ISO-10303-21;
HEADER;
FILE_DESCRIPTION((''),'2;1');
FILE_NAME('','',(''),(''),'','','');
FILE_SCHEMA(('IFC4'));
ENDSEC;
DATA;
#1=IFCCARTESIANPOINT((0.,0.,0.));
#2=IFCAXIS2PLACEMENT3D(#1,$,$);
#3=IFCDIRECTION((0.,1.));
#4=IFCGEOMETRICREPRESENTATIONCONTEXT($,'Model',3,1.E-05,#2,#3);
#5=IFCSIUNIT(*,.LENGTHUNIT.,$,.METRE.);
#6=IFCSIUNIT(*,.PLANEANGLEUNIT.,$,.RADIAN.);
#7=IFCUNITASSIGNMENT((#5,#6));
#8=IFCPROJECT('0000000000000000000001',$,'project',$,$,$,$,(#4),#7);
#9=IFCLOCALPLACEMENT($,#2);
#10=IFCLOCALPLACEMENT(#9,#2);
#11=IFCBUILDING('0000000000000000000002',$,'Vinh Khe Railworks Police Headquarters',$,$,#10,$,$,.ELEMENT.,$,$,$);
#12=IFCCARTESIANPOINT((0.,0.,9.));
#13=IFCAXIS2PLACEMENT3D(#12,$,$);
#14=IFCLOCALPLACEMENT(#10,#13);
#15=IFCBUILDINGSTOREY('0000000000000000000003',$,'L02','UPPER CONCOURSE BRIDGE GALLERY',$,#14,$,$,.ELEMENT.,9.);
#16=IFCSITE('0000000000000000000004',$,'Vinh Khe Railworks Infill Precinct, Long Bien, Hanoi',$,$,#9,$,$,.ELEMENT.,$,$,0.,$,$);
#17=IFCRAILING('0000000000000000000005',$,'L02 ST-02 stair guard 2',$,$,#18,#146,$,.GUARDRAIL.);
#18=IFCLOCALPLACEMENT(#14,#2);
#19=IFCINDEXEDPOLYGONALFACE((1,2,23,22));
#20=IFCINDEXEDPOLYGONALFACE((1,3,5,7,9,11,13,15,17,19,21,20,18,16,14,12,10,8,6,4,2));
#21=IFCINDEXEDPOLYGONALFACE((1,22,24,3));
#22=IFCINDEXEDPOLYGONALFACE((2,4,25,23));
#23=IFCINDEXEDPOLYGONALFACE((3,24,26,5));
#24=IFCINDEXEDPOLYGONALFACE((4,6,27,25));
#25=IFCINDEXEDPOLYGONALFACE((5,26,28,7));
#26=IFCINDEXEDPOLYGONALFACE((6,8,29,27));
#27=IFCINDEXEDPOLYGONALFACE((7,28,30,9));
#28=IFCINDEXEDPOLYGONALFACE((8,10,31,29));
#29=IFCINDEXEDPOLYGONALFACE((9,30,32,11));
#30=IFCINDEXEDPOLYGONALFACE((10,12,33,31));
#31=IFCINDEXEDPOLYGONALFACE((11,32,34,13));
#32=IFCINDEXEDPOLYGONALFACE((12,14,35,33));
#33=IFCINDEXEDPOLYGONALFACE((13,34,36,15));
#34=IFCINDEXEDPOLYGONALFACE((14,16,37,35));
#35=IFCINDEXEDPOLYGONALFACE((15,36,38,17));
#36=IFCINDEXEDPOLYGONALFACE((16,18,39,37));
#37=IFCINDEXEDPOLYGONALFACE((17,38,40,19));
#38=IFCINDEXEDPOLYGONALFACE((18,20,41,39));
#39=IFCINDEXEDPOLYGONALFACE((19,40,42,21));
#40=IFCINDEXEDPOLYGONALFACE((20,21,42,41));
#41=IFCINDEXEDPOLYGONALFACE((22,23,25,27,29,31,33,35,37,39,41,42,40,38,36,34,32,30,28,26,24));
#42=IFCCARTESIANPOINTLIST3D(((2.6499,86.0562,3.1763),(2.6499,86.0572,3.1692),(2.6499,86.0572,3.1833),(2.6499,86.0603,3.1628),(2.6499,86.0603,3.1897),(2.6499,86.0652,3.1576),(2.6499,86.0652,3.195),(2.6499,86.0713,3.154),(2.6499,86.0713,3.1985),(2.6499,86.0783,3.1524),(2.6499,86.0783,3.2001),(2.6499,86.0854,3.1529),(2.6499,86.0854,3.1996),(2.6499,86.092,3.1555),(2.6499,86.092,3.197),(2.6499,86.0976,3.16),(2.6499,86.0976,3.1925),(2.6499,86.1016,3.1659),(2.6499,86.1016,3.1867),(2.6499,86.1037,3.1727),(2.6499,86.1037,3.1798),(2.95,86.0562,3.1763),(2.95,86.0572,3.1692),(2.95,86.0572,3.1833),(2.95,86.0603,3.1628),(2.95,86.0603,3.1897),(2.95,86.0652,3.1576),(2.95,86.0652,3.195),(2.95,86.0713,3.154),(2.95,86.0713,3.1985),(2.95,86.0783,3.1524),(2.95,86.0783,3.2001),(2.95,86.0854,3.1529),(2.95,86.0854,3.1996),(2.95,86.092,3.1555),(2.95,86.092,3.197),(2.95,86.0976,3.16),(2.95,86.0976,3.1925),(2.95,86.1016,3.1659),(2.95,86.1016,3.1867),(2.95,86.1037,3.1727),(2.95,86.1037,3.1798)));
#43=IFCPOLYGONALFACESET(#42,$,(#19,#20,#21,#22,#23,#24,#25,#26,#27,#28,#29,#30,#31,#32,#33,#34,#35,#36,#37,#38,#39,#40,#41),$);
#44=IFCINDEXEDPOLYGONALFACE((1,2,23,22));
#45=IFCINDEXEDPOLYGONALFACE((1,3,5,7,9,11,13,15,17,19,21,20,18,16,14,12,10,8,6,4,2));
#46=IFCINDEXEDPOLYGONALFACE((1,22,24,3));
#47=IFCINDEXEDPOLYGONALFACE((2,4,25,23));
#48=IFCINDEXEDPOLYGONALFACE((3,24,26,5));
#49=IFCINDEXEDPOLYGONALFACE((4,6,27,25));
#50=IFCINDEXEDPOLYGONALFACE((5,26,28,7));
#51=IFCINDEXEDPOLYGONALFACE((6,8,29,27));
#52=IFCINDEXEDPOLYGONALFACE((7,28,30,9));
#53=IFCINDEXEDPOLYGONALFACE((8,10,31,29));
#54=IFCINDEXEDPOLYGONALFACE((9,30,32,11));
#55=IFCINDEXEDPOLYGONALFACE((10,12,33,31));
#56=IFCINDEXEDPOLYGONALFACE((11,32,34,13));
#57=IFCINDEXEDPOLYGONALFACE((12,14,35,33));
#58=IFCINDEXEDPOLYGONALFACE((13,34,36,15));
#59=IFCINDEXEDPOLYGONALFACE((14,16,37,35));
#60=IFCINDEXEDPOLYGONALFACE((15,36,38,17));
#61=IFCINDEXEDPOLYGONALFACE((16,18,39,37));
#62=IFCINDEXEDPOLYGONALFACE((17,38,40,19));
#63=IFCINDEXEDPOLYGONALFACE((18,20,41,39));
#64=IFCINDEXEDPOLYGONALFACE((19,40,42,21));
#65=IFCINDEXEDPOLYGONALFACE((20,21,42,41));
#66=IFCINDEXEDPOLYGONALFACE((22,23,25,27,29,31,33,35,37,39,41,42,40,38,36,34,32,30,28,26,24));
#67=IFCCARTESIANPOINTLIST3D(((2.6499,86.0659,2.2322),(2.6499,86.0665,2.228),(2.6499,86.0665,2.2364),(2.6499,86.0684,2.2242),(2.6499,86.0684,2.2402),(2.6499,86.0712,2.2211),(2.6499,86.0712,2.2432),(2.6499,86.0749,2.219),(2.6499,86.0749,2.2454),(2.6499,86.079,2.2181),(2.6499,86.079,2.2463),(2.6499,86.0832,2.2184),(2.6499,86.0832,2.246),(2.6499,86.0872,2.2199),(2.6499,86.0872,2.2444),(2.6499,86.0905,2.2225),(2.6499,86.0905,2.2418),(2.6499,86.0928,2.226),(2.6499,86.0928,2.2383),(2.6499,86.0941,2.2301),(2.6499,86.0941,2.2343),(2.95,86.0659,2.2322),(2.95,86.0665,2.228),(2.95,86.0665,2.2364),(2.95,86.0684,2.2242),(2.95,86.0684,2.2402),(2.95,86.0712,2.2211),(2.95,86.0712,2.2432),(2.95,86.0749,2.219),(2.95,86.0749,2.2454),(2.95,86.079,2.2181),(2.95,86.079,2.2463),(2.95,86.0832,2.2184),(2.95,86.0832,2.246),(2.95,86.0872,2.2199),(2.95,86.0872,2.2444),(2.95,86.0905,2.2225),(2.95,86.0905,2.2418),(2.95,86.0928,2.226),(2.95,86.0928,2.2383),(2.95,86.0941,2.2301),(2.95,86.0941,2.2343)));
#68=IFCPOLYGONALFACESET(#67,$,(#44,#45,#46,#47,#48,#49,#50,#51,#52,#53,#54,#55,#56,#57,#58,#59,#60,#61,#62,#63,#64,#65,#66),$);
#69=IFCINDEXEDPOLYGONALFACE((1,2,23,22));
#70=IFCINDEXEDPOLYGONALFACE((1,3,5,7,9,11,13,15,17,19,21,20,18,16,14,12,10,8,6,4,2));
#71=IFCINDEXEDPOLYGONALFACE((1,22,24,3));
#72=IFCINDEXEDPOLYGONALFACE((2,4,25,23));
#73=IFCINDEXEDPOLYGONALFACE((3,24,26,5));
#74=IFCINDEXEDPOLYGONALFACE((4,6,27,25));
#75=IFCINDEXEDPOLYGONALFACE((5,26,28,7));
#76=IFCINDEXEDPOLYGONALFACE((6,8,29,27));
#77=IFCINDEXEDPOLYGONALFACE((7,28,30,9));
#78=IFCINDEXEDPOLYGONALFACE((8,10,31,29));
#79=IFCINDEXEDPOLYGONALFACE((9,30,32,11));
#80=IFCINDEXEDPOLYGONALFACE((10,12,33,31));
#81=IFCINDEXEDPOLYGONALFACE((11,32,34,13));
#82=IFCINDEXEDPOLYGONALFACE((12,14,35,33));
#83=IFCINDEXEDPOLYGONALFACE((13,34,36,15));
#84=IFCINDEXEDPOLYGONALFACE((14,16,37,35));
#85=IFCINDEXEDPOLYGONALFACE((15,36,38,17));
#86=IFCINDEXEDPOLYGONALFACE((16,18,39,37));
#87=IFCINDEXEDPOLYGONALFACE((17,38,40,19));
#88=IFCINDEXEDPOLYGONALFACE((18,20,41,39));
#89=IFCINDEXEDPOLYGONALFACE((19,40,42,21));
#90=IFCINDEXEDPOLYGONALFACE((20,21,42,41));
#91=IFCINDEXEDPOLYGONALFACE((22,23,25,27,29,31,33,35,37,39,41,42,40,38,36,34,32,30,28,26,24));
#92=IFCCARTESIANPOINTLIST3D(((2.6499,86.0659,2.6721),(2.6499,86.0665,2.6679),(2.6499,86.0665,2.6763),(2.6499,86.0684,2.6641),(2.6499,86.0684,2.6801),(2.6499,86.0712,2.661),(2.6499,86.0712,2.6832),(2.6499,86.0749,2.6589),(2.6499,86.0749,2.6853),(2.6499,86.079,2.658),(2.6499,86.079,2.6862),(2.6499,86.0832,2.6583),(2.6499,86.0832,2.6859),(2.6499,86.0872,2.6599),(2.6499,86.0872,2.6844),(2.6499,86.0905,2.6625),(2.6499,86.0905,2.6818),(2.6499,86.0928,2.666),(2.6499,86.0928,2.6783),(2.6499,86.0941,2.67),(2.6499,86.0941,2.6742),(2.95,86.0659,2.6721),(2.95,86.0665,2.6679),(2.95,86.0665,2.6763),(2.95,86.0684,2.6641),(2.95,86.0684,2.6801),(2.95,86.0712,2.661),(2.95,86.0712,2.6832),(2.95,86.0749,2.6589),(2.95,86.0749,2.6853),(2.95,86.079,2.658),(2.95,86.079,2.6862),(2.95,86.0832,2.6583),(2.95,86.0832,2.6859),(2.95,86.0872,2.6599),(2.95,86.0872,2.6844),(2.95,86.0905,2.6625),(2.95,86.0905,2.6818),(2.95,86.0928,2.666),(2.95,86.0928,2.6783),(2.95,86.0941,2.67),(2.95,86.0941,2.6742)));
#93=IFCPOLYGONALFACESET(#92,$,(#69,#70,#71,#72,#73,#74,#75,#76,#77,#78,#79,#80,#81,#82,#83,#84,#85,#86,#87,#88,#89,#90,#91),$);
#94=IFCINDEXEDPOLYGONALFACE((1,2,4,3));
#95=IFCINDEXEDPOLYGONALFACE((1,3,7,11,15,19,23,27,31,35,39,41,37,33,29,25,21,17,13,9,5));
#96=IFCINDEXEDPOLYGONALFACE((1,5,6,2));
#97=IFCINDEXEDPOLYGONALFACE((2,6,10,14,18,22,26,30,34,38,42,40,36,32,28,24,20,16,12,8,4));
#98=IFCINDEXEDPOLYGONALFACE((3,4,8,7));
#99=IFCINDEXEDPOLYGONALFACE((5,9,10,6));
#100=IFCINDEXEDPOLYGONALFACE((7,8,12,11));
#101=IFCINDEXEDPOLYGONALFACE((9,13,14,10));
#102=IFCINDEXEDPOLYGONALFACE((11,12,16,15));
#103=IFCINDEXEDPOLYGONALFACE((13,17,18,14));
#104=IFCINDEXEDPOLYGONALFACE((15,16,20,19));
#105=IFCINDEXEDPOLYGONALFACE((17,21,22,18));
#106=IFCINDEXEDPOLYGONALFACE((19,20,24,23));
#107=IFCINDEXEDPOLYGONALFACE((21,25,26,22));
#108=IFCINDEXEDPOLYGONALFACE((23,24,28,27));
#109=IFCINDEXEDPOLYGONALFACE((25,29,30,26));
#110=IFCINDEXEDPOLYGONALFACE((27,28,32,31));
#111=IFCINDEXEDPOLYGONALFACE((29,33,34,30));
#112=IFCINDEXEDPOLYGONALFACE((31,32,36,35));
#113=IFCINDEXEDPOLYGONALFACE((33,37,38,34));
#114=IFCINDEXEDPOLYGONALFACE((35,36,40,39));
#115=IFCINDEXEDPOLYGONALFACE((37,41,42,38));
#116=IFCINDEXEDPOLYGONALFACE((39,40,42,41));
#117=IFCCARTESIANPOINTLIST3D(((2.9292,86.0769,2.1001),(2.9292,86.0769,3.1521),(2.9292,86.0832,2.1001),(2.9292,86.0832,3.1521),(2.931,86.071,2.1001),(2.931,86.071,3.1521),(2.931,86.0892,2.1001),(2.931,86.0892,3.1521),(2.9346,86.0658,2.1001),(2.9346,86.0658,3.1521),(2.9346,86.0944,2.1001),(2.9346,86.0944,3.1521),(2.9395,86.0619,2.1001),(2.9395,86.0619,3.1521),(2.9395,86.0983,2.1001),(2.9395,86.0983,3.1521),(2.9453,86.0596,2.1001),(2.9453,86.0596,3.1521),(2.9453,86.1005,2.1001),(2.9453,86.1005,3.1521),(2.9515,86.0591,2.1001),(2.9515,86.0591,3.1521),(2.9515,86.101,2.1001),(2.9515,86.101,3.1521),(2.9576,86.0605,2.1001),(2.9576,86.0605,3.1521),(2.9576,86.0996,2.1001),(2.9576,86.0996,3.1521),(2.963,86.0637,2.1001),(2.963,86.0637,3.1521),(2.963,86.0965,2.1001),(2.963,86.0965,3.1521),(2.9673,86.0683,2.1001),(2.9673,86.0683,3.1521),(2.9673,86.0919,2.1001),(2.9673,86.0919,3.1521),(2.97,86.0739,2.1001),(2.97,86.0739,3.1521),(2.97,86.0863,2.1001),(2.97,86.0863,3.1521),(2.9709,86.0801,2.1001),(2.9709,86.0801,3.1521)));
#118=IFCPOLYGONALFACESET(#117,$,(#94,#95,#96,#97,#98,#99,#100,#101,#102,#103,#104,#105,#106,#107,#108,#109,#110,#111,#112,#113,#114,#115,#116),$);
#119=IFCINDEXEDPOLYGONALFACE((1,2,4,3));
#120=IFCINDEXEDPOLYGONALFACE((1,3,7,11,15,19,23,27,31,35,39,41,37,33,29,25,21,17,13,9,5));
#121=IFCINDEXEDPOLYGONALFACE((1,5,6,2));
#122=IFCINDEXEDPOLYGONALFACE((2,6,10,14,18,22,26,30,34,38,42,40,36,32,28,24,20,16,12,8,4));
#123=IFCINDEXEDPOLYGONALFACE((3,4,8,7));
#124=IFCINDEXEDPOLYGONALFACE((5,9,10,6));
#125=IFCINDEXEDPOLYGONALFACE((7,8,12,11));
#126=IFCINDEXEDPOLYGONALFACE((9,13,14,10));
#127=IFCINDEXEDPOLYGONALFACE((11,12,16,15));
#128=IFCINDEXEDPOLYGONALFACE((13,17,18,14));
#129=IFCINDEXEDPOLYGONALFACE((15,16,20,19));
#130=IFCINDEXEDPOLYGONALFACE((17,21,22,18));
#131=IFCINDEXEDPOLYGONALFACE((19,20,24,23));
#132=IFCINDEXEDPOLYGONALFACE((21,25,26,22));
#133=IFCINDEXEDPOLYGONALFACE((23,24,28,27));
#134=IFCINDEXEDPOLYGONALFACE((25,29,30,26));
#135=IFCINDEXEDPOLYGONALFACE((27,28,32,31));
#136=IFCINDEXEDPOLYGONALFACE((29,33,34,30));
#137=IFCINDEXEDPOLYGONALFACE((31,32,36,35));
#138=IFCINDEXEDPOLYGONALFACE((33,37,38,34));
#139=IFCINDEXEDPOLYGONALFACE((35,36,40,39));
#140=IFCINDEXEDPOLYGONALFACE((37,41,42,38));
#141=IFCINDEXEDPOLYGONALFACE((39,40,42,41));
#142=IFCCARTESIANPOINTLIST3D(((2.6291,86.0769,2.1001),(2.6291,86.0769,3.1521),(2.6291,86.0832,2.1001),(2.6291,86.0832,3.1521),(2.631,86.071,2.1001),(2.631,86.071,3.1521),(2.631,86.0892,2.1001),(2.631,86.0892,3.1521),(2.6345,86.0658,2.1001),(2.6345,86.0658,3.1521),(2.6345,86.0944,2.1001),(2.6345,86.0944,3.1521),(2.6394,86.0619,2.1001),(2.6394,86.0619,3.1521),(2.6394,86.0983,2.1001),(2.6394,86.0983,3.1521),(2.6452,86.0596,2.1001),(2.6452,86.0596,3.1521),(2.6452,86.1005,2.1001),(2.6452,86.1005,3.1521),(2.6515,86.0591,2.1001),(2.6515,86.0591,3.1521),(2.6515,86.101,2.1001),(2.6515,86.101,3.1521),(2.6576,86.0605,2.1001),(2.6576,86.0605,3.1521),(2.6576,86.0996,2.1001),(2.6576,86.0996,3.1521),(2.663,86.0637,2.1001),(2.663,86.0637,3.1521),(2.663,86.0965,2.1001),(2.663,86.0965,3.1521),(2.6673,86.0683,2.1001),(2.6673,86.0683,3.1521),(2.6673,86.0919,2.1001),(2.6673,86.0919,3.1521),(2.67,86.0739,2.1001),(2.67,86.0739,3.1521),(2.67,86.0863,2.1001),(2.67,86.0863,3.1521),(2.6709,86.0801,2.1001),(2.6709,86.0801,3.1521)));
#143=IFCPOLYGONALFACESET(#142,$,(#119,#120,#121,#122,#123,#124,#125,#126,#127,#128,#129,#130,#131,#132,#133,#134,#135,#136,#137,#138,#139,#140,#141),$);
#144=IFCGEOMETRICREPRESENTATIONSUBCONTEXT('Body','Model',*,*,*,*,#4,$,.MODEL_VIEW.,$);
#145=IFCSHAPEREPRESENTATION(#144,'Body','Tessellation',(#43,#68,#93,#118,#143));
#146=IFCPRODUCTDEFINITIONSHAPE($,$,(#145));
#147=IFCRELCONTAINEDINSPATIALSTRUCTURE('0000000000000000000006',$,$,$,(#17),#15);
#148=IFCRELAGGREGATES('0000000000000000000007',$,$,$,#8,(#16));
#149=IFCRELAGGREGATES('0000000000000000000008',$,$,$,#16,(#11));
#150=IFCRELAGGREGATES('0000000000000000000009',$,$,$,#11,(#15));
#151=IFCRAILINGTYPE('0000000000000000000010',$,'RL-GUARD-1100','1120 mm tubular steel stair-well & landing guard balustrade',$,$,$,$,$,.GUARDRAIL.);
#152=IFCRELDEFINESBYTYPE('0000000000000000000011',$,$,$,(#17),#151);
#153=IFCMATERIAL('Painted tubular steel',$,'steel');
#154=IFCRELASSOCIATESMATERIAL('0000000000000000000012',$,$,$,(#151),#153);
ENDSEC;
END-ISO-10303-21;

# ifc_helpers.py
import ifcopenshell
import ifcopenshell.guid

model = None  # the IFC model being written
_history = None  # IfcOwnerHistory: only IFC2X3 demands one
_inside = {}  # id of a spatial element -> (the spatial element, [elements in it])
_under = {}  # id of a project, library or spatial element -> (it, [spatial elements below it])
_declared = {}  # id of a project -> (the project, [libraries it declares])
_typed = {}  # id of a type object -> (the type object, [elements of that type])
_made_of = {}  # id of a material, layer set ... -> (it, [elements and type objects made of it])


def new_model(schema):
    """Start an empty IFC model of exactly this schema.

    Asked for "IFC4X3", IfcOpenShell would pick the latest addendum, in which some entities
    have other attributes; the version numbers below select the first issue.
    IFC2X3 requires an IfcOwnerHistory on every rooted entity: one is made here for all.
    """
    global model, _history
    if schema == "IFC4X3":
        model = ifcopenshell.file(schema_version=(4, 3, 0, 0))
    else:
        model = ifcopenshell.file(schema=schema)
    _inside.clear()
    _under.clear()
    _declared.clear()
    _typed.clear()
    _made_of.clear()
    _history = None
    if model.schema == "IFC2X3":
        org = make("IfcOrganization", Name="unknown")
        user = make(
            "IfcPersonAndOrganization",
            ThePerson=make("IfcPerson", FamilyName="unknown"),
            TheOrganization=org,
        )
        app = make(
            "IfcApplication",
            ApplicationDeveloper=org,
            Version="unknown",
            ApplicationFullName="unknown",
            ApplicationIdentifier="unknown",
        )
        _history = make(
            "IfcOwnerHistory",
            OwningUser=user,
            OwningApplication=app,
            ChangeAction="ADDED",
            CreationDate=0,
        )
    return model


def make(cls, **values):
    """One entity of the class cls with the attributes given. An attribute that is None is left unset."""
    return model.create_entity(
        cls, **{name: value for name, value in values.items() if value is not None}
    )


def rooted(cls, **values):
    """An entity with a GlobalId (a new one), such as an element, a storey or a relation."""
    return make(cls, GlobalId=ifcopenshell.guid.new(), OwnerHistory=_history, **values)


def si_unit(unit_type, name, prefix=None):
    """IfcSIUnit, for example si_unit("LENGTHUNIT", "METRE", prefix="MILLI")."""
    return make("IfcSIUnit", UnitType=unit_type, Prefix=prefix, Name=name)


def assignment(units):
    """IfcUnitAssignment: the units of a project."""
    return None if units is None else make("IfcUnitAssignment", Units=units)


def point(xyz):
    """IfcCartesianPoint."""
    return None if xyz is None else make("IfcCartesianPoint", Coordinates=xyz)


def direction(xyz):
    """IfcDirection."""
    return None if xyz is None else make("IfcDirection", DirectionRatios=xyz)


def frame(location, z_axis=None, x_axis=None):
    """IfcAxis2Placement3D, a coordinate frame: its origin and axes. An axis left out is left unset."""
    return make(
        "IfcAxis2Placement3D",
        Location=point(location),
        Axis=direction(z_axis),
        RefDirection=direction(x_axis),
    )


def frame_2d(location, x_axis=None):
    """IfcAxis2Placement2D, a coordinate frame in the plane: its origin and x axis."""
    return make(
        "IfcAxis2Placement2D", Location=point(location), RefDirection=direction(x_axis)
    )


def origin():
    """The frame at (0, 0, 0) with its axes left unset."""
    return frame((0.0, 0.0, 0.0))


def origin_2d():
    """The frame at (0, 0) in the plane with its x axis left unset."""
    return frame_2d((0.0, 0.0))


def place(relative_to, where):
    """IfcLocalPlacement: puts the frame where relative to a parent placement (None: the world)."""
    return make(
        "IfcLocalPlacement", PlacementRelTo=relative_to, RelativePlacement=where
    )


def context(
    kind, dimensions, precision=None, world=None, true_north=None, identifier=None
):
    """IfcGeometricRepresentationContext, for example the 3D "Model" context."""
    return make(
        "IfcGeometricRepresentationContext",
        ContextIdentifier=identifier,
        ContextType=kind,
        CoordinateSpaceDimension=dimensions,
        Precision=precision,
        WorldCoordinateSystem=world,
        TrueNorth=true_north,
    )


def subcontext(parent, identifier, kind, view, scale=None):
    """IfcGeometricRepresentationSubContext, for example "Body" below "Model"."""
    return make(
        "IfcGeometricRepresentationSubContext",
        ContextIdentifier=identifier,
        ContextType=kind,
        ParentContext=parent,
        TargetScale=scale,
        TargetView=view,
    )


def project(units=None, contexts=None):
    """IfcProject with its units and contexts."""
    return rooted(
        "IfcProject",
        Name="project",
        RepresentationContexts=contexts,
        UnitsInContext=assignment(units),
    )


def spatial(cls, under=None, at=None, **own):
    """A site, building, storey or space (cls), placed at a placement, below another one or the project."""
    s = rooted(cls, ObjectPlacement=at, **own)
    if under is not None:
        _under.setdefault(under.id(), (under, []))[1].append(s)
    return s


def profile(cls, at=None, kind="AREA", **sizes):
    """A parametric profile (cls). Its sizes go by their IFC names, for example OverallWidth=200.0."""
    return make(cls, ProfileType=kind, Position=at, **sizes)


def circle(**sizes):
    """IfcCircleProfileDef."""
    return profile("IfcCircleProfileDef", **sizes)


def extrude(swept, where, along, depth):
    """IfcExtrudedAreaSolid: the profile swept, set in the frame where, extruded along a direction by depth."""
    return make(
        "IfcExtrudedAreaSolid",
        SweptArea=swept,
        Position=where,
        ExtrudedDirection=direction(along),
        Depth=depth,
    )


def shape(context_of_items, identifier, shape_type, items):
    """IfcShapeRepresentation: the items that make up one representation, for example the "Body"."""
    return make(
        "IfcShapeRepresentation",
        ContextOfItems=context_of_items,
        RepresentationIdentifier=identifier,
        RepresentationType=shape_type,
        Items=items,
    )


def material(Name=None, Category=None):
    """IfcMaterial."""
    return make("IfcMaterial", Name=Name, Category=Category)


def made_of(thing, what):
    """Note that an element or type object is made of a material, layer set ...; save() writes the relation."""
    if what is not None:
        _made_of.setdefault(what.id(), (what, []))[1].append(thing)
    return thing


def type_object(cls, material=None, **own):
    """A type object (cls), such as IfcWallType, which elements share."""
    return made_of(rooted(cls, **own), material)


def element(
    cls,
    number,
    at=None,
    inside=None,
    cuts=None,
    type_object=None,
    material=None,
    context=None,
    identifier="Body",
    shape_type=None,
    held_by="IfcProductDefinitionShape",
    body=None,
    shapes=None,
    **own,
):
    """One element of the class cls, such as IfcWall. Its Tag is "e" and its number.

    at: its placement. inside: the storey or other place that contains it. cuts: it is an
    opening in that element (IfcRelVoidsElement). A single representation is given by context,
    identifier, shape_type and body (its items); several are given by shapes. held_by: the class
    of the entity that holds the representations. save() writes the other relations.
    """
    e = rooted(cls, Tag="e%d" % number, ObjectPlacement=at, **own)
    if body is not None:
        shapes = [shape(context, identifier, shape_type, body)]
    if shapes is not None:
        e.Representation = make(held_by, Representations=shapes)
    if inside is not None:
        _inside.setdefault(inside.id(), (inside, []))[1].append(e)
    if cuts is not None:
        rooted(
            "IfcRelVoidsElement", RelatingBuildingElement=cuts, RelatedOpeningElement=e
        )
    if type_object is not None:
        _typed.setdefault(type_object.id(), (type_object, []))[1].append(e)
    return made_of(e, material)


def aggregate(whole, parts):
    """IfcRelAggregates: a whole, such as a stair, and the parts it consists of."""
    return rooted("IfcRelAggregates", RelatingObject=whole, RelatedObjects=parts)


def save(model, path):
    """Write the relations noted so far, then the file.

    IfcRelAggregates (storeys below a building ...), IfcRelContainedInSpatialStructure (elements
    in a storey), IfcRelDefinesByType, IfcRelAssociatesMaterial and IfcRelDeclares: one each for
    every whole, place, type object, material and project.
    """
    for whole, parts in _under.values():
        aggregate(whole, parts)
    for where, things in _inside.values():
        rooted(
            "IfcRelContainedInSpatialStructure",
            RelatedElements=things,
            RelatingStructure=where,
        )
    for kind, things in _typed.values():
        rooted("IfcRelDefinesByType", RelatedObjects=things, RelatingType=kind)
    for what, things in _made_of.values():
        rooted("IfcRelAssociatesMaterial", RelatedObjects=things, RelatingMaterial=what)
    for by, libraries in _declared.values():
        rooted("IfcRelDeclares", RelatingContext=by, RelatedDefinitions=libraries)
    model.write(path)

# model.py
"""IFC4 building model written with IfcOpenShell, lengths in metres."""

from ifc_helpers import new_model, si_unit, direction, frame, origin, origin_2d, place, context, subcontext, project, spatial, circle, extrude, material, type_object, element, save


model = new_model("IFC4")

# Units and contexts
model_context = context("Model", 3, precision=1e-05, world=origin(), true_north=direction((0.0, 1.0)))
body_context = subcontext(model_context, "Body", "Model", "MODEL_VIEW")
ifc_project = project(units=[si_unit("LENGTHUNIT", "METRE"), si_unit("PLANEANGLEUNIT", "RADIAN")], contexts=[model_context])

# Site, building, storey
site_placement = place(None, origin())
site = spatial("IfcSite", under=ifc_project, at=site_placement, Name="Vinh Khe Railworks Infill Precinct, Long Bien, Hanoi", CompositionType="ELEMENT", RefElevation=0.0)
building_placement = place(site_placement, origin())
building = spatial("IfcBuilding", under=site, at=building_placement, Name="Vinh Khe Railworks Police Headquarters", CompositionType="ELEMENT")
storey_placement = place(building_placement, frame((0.0, 0.0, 9.0)))
storey = spatial("IfcBuildingStorey", under=building, at=storey_placement, Name="L02", Description="UPPER CONCOURSE BRIDGE GALLERY", CompositionType="ELEMENT", Elevation=9.0)

# Railing
ifc_material_1 = material(Name="Painted tubular steel", Category="steel")
railing_type_1 = type_object("IfcRailingType", Name="RL-GUARD-1100", Description="1120 mm tubular steel stair-well & landing guard balustrade", PredefinedType="GUARDRAIL", material=ifc_material_1)
railing_1_placement = place(storey_placement, frame((2.95, 86.0801, 2.1001)))
element("IfcRailing", 1, at=railing_1_placement, inside=storey, type_object=railing_type_1, Name="L02 ST-02 stair guard 2", PredefinedType="GUARDRAIL", context=body_context, shape_type="SweptSolid", body=[
    extrude(circle(Radius=0.0239, at=origin_2d()), frame((0.0, 0.0, 1.0762), z_axis=(-1.0, 0.0, 0.0), x_axis=(0.0, -1.0, 0.0)), (0.0, 0.0, 1.0), 0.3),
    extrude(circle(Radius=0.0142, at=origin_2d()), frame((0.0, 0.0, 0.1321), z_axis=(-1.0, 0.0, 0.0), x_axis=(0.0, -1.0, 0.0)), (0.0, 0.0, 1.0), 0.3),
    extrude(circle(Radius=0.0142, at=origin_2d()), frame((0.0, 0.0, 0.572), z_axis=(-1.0, 0.0, 0.0), x_axis=(0.0, -1.0, 0.0)), (0.0, 0.0, 1.0), 0.3),
    extrude(circle(Radius=0.021, at=origin_2d()), origin(), (0.0, 0.0, 1.0), 1.052),
    extrude(circle(Radius=0.021, at=origin_2d()), frame((-0.3, 0.0, 0.0)), (0.0, 0.0, 1.0), 1.052),
])

save(model, "model.ifc")
